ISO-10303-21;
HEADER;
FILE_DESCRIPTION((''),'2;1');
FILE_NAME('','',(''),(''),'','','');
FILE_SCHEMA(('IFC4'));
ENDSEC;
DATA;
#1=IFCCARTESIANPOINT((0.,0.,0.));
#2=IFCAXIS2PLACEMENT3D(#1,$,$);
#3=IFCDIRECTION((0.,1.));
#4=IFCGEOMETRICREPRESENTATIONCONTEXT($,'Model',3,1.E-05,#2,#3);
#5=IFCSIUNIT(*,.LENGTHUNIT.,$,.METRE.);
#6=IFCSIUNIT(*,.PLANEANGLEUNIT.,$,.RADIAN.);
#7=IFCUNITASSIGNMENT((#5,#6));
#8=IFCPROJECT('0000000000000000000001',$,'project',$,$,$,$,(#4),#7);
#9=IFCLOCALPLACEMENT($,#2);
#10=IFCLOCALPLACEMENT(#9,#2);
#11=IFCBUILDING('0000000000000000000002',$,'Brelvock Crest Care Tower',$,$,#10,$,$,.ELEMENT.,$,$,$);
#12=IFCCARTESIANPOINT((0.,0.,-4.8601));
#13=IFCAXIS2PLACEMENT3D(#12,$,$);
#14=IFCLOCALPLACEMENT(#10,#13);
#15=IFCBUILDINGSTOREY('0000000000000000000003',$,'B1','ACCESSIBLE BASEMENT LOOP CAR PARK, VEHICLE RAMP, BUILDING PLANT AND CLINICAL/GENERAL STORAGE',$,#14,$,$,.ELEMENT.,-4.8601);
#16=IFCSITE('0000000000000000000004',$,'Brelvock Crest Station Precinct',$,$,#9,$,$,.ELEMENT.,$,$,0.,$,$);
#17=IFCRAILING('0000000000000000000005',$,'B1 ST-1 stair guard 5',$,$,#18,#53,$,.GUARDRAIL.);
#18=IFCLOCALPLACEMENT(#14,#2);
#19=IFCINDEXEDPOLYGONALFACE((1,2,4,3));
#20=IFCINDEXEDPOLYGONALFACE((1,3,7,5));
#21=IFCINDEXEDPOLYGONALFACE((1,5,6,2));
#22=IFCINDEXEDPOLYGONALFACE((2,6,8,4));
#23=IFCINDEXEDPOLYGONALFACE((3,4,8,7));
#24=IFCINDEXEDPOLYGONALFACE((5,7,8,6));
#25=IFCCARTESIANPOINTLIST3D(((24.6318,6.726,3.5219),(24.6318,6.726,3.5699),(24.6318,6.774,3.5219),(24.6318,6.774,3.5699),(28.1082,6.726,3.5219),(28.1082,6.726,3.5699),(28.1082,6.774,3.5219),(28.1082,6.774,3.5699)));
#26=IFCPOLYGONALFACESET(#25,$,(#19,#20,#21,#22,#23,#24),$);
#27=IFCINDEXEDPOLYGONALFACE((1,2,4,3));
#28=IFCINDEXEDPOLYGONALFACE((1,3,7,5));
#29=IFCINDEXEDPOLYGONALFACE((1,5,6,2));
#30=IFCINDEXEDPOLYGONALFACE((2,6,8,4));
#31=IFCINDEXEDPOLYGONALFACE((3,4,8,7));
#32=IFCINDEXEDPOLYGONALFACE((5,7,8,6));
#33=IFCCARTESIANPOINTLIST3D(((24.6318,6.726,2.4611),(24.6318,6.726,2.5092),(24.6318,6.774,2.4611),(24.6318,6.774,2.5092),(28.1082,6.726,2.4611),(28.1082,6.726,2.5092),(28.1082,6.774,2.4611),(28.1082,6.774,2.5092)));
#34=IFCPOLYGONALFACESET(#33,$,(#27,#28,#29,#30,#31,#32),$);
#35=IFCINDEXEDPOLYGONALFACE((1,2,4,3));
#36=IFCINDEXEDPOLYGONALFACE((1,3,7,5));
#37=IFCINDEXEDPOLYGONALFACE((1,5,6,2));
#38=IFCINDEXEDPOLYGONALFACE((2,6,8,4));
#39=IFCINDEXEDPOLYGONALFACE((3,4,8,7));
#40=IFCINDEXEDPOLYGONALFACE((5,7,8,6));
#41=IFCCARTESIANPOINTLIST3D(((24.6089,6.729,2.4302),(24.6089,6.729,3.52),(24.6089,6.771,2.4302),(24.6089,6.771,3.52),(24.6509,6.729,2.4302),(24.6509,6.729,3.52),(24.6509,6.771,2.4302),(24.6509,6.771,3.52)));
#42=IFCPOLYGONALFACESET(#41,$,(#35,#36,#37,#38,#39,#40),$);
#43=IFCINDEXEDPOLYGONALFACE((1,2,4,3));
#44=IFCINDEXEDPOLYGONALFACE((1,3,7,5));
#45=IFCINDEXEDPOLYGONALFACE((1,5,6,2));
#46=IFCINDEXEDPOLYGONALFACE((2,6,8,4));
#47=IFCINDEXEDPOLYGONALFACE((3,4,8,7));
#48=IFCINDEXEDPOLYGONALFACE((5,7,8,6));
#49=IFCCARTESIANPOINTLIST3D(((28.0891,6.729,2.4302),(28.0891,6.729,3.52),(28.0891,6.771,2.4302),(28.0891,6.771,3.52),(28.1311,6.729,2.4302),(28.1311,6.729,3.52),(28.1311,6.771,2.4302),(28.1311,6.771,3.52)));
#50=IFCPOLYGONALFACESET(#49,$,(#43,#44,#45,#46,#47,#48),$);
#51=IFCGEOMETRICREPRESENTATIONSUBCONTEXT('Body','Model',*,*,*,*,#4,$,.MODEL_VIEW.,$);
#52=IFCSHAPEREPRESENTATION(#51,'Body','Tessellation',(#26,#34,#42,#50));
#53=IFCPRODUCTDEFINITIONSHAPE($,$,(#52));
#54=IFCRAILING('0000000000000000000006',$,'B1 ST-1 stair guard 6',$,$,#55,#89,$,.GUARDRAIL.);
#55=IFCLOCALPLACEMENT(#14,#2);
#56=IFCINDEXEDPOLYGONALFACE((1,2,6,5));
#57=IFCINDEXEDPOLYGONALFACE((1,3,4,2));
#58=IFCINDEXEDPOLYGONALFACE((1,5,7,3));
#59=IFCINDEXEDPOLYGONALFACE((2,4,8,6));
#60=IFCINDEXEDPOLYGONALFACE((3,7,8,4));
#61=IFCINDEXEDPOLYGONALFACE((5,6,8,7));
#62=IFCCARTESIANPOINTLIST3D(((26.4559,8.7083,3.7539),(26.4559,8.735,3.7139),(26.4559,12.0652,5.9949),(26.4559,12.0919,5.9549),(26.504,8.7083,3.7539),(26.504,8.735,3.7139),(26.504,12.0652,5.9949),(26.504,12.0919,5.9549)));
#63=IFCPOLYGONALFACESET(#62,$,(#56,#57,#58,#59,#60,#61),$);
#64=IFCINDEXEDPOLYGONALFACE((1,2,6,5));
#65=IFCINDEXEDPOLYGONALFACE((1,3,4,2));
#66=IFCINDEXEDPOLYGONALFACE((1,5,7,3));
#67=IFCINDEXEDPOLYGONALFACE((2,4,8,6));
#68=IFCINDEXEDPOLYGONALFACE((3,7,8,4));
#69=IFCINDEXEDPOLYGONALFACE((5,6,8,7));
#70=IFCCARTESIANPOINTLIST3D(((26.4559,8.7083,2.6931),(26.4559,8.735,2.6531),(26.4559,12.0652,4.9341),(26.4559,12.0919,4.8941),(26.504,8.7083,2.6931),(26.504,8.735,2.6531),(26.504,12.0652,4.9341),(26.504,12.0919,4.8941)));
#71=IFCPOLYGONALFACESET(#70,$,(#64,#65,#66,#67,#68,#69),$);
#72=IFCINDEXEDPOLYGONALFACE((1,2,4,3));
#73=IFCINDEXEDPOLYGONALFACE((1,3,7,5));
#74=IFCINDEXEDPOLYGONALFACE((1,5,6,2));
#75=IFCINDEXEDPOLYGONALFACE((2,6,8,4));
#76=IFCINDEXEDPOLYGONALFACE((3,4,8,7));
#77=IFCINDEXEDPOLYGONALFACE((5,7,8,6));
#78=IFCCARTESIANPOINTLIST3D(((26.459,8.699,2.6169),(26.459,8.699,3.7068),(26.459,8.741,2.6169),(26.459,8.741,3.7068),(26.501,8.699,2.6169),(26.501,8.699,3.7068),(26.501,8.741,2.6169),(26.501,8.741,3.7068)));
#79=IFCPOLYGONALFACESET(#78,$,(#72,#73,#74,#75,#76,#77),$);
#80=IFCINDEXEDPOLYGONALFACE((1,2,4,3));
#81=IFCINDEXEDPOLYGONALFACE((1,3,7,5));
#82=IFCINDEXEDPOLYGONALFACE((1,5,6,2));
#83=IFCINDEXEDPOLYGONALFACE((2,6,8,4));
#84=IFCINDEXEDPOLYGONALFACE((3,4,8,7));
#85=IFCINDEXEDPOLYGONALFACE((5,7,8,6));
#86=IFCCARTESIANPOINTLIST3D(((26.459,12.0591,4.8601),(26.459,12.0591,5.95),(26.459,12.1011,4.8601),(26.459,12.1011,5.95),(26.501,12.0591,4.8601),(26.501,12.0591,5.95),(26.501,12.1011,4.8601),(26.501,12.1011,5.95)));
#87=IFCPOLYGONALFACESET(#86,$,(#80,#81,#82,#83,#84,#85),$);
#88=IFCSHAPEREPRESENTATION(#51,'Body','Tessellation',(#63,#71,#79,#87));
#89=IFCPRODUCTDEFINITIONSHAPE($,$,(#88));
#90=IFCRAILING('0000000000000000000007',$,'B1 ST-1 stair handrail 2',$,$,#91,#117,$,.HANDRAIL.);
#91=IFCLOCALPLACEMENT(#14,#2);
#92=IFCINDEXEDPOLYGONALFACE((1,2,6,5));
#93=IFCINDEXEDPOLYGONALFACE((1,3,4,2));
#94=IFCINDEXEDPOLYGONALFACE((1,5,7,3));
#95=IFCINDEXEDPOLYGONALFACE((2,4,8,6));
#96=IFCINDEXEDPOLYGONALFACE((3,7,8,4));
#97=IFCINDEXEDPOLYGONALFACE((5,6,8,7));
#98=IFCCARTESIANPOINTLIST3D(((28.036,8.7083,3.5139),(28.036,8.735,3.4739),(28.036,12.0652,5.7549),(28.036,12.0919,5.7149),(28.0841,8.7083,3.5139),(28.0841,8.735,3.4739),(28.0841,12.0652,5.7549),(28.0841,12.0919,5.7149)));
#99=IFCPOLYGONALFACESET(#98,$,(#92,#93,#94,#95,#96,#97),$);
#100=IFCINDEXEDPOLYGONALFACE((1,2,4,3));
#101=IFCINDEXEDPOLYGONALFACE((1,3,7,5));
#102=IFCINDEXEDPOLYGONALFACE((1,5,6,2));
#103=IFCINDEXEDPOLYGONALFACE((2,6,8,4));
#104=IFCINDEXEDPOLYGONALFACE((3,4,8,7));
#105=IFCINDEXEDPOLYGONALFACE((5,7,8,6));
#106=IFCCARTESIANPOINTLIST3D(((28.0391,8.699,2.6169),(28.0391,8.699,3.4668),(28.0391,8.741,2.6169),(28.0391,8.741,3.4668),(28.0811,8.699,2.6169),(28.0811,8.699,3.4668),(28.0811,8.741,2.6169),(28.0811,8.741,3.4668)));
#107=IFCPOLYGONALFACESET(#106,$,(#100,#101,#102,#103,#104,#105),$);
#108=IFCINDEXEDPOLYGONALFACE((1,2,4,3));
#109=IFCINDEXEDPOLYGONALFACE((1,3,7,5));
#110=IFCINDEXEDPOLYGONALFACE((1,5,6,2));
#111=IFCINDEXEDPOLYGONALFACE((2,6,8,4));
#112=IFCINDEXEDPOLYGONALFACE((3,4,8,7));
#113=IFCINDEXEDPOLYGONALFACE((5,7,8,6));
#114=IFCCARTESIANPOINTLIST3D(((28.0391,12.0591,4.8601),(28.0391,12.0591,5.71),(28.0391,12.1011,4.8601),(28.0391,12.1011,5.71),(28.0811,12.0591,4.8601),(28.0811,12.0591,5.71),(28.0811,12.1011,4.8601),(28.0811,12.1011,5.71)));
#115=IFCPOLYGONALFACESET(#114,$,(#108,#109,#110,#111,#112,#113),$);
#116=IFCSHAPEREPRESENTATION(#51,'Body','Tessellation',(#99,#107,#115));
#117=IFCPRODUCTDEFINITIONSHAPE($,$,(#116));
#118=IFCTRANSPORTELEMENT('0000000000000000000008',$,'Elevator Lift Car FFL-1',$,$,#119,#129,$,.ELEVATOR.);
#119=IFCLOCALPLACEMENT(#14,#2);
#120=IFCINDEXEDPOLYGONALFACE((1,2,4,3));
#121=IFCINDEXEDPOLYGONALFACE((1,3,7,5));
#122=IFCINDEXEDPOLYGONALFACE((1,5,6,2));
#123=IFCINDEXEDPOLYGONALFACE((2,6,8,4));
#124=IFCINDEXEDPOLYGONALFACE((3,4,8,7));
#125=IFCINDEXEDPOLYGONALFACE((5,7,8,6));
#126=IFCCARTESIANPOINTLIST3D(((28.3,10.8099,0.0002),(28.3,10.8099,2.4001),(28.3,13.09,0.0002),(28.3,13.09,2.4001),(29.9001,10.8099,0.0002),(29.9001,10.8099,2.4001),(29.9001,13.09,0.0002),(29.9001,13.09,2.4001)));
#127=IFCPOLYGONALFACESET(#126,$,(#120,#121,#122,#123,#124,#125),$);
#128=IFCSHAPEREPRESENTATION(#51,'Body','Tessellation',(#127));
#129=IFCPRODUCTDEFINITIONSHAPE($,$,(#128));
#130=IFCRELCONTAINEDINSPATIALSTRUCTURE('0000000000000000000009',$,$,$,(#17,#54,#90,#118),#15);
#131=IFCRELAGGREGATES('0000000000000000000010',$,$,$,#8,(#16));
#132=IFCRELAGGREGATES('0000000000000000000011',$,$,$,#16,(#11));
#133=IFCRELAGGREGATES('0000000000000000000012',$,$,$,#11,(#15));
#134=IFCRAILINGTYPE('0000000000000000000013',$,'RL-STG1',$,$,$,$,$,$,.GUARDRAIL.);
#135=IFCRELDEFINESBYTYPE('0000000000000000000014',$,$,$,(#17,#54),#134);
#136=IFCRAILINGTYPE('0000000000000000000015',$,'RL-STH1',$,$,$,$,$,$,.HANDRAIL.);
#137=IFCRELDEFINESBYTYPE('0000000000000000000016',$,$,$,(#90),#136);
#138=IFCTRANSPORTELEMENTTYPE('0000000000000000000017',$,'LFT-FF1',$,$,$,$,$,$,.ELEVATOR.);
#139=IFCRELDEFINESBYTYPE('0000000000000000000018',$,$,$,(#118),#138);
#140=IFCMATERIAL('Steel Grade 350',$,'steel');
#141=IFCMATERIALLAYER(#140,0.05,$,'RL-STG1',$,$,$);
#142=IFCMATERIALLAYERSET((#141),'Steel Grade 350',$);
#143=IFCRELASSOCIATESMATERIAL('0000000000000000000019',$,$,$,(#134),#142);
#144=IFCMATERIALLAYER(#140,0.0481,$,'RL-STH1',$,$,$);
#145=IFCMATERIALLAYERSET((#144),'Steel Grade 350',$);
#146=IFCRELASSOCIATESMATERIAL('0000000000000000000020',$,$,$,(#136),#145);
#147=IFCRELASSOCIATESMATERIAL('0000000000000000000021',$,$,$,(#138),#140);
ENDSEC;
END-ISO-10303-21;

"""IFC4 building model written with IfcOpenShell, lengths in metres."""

from ifc_helpers import new_model, si_unit, direction, frame, origin, origin_2d, place, context, subcontext, project, spatial, rectangle, extrude, source, transform, mapped, material, layer, layer_set, type_object, element, save


model = new_model("IFC4")

# Units and contexts
model_context = context("Model", 3, precision=1e-05, world=origin(), true_north=direction((0.0, 1.0)))
body_context = subcontext(model_context, "Body", "Model", "MODEL_VIEW")
ifc_project = project(units=[si_unit("LENGTHUNIT", "METRE"), si_unit("PLANEANGLEUNIT", "RADIAN")], contexts=[model_context])

# Site, building, storey
site_placement = place(None, origin())
site = spatial("IfcSite", under=ifc_project, at=site_placement, Name="Brelvock Crest Station Precinct", CompositionType="ELEMENT", RefElevation=0.0)
building_placement = place(site_placement, origin())
building = spatial("IfcBuilding", under=site, at=building_placement, Name="Brelvock Crest Care Tower", CompositionType="ELEMENT")
storey_placement = place(building_placement, frame((0.0, 0.0, -4.8601)))
storey = spatial("IfcBuildingStorey", under=building, at=storey_placement, Name="B1", Description="ACCESSIBLE BASEMENT LOOP CAR PARK, VEHICLE RAMP, BUILDING PLANT AND CLINICAL/GENERAL STORAGE", CompositionType="ELEMENT", Elevation=-4.8601)

# Shared definitions
ifc_material_1 = material(Name="Steel Grade 350", Category="steel")

# Railings
ifc_layer_1 = layer(ifc_material_1, 0.05, Name="RL-STG1")
ifc_layer_set_1 = layer_set([ifc_layer_1], Name="Steel Grade 350")
railing_type_1 = type_object("IfcRailingType", Name="RL-STG1", PredefinedType="GUARDRAIL", material=ifc_layer_set_1)
railing_1_placement = place(storey_placement, frame((24.6299, 6.75, 2.4302)))
element("IfcRailing", 1, at=railing_1_placement, inside=storey, type_object=railing_type_1, Name="B1 ST-1 stair guard 5", PredefinedType="GUARDRAIL", context=body_context, shape_type="SweptSolid", body=[
    extrude(rectangle(XDim=0.0481, YDim=0.0481, at=origin_2d()), frame((0.002, 0.0, 1.1157), z_axis=(1.0, 0.0, 0.0), x_axis=(0.0, 1.0, 0.0)), (0.0, 0.0, 1.0), 3.4763),
    extrude(rectangle(XDim=0.0481, YDim=0.0481, at=origin_2d()), frame((0.002, 0.0, 0.0549), z_axis=(1.0, 0.0, 0.0), x_axis=(0.0, 1.0, 0.0)), (0.0, 0.0, 1.0), 3.4763),
    extrude(rectangle(XDim=0.042, YDim=0.042, at=origin_2d()), origin(), (0.0, 0.0, 1.0), 1.0898),
    extrude(rectangle(XDim=0.042, YDim=0.042, at=origin_2d()), frame((3.4802, 0.0, 0.0)), (0.0, 0.0, 1.0), 1.0898),
])
railing_2_placement = place(storey_placement, frame((26.48, 8.72, 2.6169)))
element("IfcRailing", 2, at=railing_2_placement, inside=storey, type_object=railing_type_1, Name="B1 ST-1 stair guard 6", PredefinedType="GUARDRAIL", context=body_context, shape_type="SweptSolid", body=[
    extrude(rectangle(XDim=0.0481, YDim=0.0481, at=origin_2d()), frame((0.0, 0.0017, 1.1169), z_axis=(0.0, 0.831697, 0.55523), x_axis=(-1.0, 0.0, 0.0)), (0.0, 0.0, 1.0), 4.0361),
    extrude(rectangle(XDim=0.0481, YDim=0.0481, at=origin_2d()), frame((0.0, 0.0017, 0.0562), z_axis=(0.0, 0.831697, 0.55523), x_axis=(-1.0, 0.0, 0.0)), (0.0, 0.0, 1.0), 4.0361),
    extrude(rectangle(XDim=0.042, YDim=0.042, at=origin_2d()), origin(), (0.0, 0.0, 1.0), 1.0898),
    extrude(rectangle(XDim=0.042, YDim=0.042, at=origin_2d()), frame((0.0, 3.3601, 2.2432)), (0.0, 0.0, 1.0), 1.0898),
])
ifc_layer_2 = layer(ifc_material_1, 0.0481, Name="RL-STH1")
ifc_layer_set_2 = layer_set([ifc_layer_2], Name="Steel Grade 350")
railing_type_2 = type_object("IfcRailingType", Name="RL-STH1", PredefinedType="HANDRAIL", material=ifc_layer_set_2)
railing_3_placement = place(storey_placement, frame((28.0601, 8.72, 2.6169)))
element("IfcRailing", 3, at=railing_3_placement, inside=storey, type_object=railing_type_2, Name="B1 ST-1 stair handrail 2", PredefinedType="HANDRAIL", context=body_context, shape_type="SweptSolid", body=[
    extrude(rectangle(XDim=0.0481, YDim=0.0481, at=origin_2d()), frame((0.0, 0.0017, 0.877), z_axis=(0.0, 0.831697, 0.55523), x_axis=(-1.0, 0.0, 0.0)), (0.0, 0.0, 1.0), 4.0361),
    extrude(rectangle(XDim=0.042, YDim=0.042, at=origin_2d()), origin(), (0.0, 0.0, 1.0), 0.8499),
    extrude(rectangle(XDim=0.042, YDim=0.042, at=origin_2d()), frame((0.0, 3.3601, 2.2432)), (0.0, 0.0, 1.0), 0.8499),
])

# Transport element
transport_element_type = type_object("IfcTransportElementType", Name="LFT-FF1", PredefinedType="ELEVATOR", material=ifc_material_1)
shared_shape_1 = source(origin(), body_context, "Body", "SweptSolid", [
    extrude(rectangle(XDim=1.6001, YDim=2.28, at=origin_2d()), origin(), (0.0, 0.0, 1.0), 2.3999),
])
transport_element_placement = place(storey_placement, frame((29.1001, 11.95, 0.0002), z_axis=(0.0, 0.0, 1.0), x_axis=(1.0, 0.0, 0.0)))
element("IfcTransportElement", 4, at=transport_element_placement, inside=storey, type_object=transport_element_type, Name="Elevator Lift Car FFL-1", PredefinedType="ELEVATOR", context=body_context, shape_type="MappedRepresentation", body=[
    mapped(shared_shape_1, transform((0.0, 0.0, 0.0), x_axis=(1.0, 0.0, 0.0), y_axis=(0.0, 1.0, 0.0), z_axis=(0.0, 0.0, 1.0), scale=1.0)),
])

save(model, "model.ifc")
